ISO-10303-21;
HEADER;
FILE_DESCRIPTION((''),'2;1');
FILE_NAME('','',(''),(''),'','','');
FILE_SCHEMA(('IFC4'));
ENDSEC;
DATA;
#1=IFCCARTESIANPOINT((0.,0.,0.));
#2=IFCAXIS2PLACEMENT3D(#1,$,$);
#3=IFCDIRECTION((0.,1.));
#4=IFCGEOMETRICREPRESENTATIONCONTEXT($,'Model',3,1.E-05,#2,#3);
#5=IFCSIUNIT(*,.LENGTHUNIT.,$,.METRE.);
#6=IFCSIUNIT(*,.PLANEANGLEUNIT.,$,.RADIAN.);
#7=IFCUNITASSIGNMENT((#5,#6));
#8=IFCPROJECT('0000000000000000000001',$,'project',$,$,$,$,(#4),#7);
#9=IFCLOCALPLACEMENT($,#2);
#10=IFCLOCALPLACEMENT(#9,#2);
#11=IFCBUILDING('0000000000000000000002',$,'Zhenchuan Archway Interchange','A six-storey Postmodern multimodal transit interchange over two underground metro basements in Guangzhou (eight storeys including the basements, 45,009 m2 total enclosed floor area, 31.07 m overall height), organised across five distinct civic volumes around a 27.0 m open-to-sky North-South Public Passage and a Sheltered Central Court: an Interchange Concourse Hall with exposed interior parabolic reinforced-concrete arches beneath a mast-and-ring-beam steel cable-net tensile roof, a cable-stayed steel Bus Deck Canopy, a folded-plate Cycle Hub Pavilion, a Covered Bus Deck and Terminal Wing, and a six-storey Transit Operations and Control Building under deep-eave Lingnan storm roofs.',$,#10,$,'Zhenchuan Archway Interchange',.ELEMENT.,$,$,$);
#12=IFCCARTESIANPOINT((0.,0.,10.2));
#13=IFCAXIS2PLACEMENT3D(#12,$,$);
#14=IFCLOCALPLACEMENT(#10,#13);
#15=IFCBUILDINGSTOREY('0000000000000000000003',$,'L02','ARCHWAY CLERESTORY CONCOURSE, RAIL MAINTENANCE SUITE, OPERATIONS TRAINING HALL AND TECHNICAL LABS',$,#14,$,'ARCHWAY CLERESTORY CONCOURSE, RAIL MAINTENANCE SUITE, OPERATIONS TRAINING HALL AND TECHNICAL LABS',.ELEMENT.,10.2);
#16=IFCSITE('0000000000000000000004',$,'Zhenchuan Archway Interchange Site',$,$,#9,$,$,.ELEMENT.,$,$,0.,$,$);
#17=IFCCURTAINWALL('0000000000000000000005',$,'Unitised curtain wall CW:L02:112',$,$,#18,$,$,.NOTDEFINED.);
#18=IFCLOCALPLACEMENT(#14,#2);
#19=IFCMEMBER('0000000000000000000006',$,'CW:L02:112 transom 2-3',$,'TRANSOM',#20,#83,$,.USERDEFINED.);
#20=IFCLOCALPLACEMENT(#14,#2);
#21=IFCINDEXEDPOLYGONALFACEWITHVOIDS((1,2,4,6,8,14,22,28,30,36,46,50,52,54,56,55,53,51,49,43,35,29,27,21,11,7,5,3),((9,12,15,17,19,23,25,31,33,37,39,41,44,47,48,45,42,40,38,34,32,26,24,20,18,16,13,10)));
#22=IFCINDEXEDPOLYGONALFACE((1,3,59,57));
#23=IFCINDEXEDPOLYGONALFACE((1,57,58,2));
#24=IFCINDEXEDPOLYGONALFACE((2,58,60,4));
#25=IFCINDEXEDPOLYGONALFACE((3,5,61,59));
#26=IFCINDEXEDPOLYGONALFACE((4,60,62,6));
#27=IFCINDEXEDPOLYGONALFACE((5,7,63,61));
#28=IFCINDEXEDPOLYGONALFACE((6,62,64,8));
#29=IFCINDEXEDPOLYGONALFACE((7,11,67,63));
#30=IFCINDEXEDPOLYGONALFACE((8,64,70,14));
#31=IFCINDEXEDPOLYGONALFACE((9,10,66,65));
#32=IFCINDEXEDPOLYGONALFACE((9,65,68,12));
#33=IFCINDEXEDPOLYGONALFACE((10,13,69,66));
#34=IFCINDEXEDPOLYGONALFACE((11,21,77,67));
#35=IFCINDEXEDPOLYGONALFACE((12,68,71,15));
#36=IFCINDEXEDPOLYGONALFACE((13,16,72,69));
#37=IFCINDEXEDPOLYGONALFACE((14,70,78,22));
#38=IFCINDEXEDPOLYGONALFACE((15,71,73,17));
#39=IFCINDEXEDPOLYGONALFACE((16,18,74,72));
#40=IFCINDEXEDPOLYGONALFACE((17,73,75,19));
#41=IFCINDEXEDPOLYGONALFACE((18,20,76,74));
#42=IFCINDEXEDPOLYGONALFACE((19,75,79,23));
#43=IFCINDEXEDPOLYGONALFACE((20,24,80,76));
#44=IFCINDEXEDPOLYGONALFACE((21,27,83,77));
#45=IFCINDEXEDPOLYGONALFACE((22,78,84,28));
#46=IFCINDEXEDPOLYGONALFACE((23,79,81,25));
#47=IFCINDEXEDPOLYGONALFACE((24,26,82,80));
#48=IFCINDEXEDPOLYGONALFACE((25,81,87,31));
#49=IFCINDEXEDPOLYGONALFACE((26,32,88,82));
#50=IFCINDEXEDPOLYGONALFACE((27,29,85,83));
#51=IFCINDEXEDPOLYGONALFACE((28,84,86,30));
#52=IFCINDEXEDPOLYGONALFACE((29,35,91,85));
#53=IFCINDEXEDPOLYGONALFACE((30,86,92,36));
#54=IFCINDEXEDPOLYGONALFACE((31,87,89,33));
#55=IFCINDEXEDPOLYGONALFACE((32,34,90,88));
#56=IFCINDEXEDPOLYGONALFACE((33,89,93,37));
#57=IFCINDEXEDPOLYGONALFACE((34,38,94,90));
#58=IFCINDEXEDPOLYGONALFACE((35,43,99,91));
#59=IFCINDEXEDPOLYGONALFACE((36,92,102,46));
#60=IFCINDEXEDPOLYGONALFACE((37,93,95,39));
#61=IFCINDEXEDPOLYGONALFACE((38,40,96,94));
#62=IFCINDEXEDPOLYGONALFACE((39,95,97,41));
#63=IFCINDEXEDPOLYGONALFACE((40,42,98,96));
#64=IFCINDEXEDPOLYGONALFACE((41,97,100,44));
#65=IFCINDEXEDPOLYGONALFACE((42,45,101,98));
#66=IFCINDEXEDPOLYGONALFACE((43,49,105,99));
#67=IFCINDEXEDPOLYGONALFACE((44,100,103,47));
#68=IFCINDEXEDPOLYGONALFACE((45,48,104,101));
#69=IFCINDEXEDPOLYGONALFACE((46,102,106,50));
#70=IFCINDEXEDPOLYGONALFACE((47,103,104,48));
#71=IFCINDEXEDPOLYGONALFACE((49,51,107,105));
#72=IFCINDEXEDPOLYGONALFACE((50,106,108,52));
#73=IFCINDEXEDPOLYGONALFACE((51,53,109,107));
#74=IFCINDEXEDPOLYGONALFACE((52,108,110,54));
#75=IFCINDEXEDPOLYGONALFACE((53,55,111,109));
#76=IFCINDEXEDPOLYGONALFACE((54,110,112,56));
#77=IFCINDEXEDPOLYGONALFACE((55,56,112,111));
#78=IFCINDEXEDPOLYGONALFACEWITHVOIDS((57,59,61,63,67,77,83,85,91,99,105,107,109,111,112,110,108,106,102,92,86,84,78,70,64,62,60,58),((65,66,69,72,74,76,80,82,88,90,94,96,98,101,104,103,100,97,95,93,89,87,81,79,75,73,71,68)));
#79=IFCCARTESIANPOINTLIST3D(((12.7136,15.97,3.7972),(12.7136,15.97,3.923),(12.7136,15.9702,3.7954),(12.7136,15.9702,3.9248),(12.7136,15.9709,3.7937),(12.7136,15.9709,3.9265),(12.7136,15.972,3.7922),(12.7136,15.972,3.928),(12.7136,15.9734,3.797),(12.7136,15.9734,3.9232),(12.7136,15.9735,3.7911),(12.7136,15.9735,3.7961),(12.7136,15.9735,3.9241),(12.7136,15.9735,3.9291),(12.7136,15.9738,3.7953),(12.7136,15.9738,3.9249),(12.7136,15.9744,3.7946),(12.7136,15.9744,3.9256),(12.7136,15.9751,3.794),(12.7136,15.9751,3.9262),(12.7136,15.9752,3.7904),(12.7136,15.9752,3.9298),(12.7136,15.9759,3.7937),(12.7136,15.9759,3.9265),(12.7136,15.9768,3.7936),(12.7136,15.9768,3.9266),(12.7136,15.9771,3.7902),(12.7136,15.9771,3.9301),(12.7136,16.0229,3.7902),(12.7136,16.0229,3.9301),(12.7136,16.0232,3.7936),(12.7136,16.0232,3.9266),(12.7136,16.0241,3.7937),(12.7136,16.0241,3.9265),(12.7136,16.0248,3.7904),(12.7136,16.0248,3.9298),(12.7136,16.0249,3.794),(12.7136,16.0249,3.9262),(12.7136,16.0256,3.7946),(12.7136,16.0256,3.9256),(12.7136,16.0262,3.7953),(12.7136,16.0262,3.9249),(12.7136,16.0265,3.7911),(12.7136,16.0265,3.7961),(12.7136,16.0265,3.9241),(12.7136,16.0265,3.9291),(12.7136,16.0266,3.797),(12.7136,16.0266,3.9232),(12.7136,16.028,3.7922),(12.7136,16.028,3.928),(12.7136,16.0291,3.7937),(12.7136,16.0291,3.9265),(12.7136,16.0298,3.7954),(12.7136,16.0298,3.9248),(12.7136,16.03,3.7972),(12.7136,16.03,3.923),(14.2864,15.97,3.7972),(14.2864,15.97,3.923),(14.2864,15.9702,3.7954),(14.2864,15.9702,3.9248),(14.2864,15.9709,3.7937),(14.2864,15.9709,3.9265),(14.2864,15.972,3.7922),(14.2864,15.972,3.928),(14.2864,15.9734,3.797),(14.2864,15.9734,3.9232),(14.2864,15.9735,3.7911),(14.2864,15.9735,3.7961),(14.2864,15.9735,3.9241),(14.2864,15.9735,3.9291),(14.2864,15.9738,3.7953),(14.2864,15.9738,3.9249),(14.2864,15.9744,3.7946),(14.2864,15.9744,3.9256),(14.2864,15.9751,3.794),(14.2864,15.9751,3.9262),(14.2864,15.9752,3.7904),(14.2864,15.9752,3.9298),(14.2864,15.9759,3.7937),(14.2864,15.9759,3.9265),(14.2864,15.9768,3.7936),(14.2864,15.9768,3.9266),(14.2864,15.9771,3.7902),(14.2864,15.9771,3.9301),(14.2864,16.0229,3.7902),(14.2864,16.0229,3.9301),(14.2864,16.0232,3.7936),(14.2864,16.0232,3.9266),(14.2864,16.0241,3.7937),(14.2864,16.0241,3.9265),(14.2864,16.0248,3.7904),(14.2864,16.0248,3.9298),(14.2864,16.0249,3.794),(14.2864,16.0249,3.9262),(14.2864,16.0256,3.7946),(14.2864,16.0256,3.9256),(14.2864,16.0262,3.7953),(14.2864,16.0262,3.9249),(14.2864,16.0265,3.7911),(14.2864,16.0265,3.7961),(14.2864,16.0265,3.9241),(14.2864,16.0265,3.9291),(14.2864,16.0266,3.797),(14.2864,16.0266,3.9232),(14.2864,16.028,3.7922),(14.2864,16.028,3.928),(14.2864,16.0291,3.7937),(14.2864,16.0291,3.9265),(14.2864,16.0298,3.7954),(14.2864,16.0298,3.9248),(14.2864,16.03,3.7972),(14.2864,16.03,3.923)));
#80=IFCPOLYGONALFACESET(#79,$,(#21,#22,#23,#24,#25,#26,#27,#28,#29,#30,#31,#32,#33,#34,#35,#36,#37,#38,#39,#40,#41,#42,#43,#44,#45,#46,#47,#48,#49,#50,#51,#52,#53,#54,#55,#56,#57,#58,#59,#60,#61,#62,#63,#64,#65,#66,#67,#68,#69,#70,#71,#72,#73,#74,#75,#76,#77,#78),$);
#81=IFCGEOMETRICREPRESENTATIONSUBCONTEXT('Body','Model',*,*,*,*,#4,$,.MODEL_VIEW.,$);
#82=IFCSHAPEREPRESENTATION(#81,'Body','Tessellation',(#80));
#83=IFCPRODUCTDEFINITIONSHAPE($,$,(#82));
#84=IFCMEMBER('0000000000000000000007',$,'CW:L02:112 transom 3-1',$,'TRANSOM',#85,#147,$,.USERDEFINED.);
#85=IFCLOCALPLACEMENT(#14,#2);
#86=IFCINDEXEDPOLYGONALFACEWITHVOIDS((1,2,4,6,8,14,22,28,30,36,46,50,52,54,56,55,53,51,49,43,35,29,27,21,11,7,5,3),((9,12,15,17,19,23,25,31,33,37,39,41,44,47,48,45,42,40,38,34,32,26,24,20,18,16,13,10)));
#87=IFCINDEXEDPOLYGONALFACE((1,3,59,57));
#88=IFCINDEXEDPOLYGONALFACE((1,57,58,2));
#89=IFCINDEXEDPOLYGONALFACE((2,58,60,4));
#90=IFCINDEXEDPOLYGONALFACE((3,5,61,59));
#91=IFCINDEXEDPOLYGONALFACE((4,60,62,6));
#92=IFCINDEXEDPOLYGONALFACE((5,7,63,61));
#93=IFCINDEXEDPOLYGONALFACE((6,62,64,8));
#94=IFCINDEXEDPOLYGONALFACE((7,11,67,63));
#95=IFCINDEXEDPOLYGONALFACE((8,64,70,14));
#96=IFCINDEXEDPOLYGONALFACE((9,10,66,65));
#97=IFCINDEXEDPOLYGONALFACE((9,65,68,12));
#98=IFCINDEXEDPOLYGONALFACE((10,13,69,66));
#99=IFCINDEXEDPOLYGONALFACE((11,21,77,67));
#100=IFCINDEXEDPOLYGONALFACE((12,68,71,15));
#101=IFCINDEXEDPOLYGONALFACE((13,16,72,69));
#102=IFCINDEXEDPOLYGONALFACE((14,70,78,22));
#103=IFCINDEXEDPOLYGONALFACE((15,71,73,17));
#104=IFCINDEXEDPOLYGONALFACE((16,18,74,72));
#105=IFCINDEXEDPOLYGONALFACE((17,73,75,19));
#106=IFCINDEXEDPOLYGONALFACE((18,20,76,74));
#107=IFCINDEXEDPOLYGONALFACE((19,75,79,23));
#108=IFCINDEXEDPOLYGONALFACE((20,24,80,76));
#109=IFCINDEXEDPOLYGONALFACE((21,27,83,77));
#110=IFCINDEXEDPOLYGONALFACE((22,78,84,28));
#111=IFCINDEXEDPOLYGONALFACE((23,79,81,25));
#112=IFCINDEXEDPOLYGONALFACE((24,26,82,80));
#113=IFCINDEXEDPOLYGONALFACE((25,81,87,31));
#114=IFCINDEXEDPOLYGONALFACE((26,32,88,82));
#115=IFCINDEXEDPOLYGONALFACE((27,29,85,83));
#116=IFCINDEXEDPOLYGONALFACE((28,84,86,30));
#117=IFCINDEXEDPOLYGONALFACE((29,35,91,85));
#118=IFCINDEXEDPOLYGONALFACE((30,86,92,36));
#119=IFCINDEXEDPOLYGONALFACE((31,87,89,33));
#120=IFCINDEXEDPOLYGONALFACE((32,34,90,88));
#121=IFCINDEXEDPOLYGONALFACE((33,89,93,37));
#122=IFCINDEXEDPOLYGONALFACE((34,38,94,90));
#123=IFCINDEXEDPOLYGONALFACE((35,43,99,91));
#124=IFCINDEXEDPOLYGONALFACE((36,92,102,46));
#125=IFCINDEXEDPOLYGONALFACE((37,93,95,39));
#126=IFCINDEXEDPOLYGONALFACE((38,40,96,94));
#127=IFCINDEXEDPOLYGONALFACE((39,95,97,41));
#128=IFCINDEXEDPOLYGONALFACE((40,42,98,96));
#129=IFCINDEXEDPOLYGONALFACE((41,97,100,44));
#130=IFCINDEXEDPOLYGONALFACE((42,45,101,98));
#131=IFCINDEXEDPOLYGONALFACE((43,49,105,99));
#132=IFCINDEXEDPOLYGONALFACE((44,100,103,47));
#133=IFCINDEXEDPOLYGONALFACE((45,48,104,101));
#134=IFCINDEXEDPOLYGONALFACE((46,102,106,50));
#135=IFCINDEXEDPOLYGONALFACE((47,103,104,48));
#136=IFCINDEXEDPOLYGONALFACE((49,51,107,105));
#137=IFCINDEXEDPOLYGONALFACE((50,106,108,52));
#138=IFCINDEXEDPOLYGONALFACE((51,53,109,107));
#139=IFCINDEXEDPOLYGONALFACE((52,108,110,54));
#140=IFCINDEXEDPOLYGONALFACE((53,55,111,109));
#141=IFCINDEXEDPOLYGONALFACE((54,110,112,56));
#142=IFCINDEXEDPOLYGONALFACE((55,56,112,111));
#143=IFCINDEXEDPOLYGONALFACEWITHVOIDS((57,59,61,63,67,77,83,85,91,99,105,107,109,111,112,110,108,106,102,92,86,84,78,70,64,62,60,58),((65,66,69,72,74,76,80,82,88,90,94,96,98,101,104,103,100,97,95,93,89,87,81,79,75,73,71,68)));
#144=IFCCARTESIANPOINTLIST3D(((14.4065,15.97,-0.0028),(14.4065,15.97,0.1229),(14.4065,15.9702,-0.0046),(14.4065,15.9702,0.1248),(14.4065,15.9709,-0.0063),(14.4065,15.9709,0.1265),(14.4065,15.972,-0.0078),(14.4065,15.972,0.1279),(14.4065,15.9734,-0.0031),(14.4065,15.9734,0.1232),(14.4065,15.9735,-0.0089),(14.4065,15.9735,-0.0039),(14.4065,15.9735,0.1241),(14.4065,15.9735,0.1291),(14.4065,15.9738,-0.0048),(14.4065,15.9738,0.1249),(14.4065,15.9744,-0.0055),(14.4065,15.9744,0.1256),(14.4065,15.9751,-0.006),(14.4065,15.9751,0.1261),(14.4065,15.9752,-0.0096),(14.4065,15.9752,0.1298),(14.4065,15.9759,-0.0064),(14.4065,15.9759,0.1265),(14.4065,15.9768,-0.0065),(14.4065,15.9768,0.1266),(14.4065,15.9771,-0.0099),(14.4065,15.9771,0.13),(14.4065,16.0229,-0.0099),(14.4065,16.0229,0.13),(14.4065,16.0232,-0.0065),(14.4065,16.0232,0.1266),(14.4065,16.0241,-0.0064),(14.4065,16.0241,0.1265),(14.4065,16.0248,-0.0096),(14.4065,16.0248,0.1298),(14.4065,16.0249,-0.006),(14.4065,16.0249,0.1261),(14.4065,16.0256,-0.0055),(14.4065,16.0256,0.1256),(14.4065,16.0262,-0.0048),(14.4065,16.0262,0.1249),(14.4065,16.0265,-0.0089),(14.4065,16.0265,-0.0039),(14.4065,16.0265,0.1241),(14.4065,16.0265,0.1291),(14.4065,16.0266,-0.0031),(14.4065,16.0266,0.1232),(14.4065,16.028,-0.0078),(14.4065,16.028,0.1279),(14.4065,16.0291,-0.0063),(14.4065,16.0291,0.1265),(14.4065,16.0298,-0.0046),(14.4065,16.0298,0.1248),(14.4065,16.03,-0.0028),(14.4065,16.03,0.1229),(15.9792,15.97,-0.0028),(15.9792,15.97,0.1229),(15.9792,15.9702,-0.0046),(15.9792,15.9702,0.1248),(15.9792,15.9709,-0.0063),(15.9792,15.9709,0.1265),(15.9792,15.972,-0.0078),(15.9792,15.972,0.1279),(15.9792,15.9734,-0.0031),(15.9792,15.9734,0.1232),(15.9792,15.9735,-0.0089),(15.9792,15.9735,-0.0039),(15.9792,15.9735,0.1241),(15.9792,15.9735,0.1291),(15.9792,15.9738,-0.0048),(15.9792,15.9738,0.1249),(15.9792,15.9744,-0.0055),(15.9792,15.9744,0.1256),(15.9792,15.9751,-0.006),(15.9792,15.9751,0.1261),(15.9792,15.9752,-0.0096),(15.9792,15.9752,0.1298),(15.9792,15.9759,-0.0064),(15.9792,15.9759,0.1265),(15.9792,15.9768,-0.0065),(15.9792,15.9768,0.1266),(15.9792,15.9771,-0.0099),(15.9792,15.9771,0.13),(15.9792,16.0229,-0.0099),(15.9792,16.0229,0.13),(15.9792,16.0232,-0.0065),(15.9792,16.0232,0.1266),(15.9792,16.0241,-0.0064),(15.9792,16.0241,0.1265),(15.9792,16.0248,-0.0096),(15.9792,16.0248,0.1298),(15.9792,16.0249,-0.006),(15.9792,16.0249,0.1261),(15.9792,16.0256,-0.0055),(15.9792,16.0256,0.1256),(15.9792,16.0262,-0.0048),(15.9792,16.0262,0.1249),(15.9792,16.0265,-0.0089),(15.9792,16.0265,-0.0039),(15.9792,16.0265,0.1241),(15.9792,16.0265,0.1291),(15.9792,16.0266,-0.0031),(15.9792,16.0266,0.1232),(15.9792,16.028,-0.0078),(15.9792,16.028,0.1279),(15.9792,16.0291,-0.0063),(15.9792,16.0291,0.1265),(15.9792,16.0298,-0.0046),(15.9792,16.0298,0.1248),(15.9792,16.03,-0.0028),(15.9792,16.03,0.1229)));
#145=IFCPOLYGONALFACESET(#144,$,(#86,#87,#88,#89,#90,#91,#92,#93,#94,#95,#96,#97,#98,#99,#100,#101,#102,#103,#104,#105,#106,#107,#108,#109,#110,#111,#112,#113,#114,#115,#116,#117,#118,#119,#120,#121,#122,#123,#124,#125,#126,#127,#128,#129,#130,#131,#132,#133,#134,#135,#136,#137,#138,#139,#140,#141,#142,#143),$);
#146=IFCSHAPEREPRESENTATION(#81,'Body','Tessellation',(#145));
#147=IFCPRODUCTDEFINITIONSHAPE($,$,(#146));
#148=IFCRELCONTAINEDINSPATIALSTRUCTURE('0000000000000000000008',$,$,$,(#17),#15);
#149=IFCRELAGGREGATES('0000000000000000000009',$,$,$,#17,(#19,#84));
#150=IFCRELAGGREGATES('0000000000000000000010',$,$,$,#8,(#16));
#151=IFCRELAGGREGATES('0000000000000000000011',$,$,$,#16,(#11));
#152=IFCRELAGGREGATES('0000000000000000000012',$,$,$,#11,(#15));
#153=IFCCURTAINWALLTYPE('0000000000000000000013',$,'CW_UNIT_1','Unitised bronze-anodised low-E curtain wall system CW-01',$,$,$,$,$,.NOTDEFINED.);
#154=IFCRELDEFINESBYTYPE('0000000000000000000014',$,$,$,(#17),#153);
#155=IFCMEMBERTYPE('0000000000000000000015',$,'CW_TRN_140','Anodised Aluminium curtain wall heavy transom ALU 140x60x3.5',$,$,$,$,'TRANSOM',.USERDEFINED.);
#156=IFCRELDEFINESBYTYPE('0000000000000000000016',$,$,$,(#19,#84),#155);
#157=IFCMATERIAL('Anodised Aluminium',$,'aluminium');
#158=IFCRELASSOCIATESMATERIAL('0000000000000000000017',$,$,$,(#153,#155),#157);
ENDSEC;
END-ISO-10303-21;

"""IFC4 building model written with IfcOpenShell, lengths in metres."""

from ifc_helpers import new_model, si_unit, direction, frame, origin, origin_2d, place, context, subcontext, project, spatial, hollow_rectangle, extrude, material, material_profile, profile_set, type_object, element, aggregate, save


model = new_model("IFC4")

# Units and contexts
model_context = context("Model", 3, precision=1e-05, world=origin(), true_north=direction((0.0, 1.0)))
body_context = subcontext(model_context, "Body", "Model", "MODEL_VIEW")
ifc_project = project(units=[si_unit("LENGTHUNIT", "METRE"), si_unit("PLANEANGLEUNIT", "RADIAN")], contexts=[model_context])

# Site, building, storey
site_placement = place(None, origin())
site = spatial("IfcSite", under=ifc_project, at=site_placement, Name="Zhenchuan Archway Interchange Site", CompositionType="ELEMENT", RefElevation=0.0)
building_placement = place(site_placement, origin())
building = spatial("IfcBuilding", under=site, at=building_placement, Name="Zhenchuan Archway Interchange", Description="A six-storey Postmodern multimodal transit interchange over two underground metro basements in Guangzhou (eight storeys including the basements, 45,009 m2 total enclosed floor area, 31.07 m overall height), organised across five distinct civic volumes around a 27.0 m open-to-sky North-South Public Passage and a Sheltered Central Court: an Interchange Concourse Hall with exposed interior parabolic reinforced-concrete arches beneath a mast-and-ring-beam steel cable-net tensile roof, a cable-stayed steel Bus Deck Canopy, a folded-plate Cycle Hub Pavilion, a Covered Bus Deck and Terminal Wing, and a six-storey Transit Operations and Control Building under deep-eave Lingnan storm roofs.", LongName="Zhenchuan Archway Interchange", CompositionType="ELEMENT")
storey_placement = place(building_placement, frame((0.0, 0.0, 10.2)))
storey = spatial("IfcBuildingStorey", under=building, at=storey_placement, Name="L02", Description="ARCHWAY CLERESTORY CONCOURSE, RAIL MAINTENANCE SUITE, OPERATIONS TRAINING HALL AND TECHNICAL LABS", LongName="ARCHWAY CLERESTORY CONCOURSE, RAIL MAINTENANCE SUITE, OPERATIONS TRAINING HALL AND TECHNICAL LABS", CompositionType="ELEMENT", Elevation=10.2)

# Curtain wall, members
ifc_material_1 = material(Name="Anodised Aluminium", Category="aluminium")
curtain_wall_type = type_object("IfcCurtainWallType", Name="CW_UNIT_1", Description="Unitised bronze-anodised low-E curtain wall system CW-01", PredefinedType="NOTDEFINED", material=ifc_material_1)
curtain_wall_placement = place(storey_placement, origin())
curtain_wall = element("IfcCurtainWall", 1, at=curtain_wall_placement, inside=storey, type_object=curtain_wall_type, Name="Unitised curtain wall CW:L02:112", PredefinedType="NOTDEFINED")
ifc_material_profile_1 = material_profile(ifc_material_1, hollow_rectangle(XDim=0.0601, YDim=0.1399, WallThickness=0.0034, InnerFilletRadius=0.0034, OuterFilletRadius=0.0071, at=origin_2d()), Name="ALU 140x60x3.5")
ifc_profile_set_1 = profile_set([ifc_material_profile_1], Name="Anodised Aluminium")
member_type_1 = type_object("IfcMemberType", Name="CW_TRN_140", Description="Anodised Aluminium curtain wall heavy transom ALU 140x60x3.5", ElementType="TRANSOM", PredefinedType="USERDEFINED", material=ifc_profile_set_1)
member_1_placement = place(storey_placement, frame((12.7136, 16.0, 3.8601), z_axis=(1.0, 0.0, 0.0), x_axis=(0.0, 1.0, 0.0)))
member_1 = element("IfcMember", 2, at=member_1_placement, type_object=member_type_1, Name="CW:L02:112 transom 2-3", ObjectType="TRANSOM", PredefinedType="USERDEFINED", context=body_context, shape_type="SweptSolid", body=[
    extrude(hollow_rectangle(XDim=0.0601, YDim=0.1399, WallThickness=0.0034, InnerFilletRadius=0.0034, OuterFilletRadius=0.0071, at=origin_2d()), origin(), (0.0, 0.0, 1.0), 1.5728),
])
member_2_placement = place(storey_placement, frame((14.4065, 16.0, 0.0601), z_axis=(1.0, 0.0, 0.0), x_axis=(0.0, 1.0, 0.0)))
member_2 = element("IfcMember", 3, at=member_2_placement, type_object=member_type_1, Name="CW:L02:112 transom 3-1", ObjectType="TRANSOM", PredefinedType="USERDEFINED", context=body_context, shape_type="SweptSolid", body=[
    extrude(hollow_rectangle(XDim=0.0601, YDim=0.1399, WallThickness=0.0034, InnerFilletRadius=0.0034, OuterFilletRadius=0.0071, at=origin_2d()), origin(), (0.0, 0.0, 1.0), 1.5728),
])
aggregate(curtain_wall, [member_1, member_2])

save(model, "model.ifc")
